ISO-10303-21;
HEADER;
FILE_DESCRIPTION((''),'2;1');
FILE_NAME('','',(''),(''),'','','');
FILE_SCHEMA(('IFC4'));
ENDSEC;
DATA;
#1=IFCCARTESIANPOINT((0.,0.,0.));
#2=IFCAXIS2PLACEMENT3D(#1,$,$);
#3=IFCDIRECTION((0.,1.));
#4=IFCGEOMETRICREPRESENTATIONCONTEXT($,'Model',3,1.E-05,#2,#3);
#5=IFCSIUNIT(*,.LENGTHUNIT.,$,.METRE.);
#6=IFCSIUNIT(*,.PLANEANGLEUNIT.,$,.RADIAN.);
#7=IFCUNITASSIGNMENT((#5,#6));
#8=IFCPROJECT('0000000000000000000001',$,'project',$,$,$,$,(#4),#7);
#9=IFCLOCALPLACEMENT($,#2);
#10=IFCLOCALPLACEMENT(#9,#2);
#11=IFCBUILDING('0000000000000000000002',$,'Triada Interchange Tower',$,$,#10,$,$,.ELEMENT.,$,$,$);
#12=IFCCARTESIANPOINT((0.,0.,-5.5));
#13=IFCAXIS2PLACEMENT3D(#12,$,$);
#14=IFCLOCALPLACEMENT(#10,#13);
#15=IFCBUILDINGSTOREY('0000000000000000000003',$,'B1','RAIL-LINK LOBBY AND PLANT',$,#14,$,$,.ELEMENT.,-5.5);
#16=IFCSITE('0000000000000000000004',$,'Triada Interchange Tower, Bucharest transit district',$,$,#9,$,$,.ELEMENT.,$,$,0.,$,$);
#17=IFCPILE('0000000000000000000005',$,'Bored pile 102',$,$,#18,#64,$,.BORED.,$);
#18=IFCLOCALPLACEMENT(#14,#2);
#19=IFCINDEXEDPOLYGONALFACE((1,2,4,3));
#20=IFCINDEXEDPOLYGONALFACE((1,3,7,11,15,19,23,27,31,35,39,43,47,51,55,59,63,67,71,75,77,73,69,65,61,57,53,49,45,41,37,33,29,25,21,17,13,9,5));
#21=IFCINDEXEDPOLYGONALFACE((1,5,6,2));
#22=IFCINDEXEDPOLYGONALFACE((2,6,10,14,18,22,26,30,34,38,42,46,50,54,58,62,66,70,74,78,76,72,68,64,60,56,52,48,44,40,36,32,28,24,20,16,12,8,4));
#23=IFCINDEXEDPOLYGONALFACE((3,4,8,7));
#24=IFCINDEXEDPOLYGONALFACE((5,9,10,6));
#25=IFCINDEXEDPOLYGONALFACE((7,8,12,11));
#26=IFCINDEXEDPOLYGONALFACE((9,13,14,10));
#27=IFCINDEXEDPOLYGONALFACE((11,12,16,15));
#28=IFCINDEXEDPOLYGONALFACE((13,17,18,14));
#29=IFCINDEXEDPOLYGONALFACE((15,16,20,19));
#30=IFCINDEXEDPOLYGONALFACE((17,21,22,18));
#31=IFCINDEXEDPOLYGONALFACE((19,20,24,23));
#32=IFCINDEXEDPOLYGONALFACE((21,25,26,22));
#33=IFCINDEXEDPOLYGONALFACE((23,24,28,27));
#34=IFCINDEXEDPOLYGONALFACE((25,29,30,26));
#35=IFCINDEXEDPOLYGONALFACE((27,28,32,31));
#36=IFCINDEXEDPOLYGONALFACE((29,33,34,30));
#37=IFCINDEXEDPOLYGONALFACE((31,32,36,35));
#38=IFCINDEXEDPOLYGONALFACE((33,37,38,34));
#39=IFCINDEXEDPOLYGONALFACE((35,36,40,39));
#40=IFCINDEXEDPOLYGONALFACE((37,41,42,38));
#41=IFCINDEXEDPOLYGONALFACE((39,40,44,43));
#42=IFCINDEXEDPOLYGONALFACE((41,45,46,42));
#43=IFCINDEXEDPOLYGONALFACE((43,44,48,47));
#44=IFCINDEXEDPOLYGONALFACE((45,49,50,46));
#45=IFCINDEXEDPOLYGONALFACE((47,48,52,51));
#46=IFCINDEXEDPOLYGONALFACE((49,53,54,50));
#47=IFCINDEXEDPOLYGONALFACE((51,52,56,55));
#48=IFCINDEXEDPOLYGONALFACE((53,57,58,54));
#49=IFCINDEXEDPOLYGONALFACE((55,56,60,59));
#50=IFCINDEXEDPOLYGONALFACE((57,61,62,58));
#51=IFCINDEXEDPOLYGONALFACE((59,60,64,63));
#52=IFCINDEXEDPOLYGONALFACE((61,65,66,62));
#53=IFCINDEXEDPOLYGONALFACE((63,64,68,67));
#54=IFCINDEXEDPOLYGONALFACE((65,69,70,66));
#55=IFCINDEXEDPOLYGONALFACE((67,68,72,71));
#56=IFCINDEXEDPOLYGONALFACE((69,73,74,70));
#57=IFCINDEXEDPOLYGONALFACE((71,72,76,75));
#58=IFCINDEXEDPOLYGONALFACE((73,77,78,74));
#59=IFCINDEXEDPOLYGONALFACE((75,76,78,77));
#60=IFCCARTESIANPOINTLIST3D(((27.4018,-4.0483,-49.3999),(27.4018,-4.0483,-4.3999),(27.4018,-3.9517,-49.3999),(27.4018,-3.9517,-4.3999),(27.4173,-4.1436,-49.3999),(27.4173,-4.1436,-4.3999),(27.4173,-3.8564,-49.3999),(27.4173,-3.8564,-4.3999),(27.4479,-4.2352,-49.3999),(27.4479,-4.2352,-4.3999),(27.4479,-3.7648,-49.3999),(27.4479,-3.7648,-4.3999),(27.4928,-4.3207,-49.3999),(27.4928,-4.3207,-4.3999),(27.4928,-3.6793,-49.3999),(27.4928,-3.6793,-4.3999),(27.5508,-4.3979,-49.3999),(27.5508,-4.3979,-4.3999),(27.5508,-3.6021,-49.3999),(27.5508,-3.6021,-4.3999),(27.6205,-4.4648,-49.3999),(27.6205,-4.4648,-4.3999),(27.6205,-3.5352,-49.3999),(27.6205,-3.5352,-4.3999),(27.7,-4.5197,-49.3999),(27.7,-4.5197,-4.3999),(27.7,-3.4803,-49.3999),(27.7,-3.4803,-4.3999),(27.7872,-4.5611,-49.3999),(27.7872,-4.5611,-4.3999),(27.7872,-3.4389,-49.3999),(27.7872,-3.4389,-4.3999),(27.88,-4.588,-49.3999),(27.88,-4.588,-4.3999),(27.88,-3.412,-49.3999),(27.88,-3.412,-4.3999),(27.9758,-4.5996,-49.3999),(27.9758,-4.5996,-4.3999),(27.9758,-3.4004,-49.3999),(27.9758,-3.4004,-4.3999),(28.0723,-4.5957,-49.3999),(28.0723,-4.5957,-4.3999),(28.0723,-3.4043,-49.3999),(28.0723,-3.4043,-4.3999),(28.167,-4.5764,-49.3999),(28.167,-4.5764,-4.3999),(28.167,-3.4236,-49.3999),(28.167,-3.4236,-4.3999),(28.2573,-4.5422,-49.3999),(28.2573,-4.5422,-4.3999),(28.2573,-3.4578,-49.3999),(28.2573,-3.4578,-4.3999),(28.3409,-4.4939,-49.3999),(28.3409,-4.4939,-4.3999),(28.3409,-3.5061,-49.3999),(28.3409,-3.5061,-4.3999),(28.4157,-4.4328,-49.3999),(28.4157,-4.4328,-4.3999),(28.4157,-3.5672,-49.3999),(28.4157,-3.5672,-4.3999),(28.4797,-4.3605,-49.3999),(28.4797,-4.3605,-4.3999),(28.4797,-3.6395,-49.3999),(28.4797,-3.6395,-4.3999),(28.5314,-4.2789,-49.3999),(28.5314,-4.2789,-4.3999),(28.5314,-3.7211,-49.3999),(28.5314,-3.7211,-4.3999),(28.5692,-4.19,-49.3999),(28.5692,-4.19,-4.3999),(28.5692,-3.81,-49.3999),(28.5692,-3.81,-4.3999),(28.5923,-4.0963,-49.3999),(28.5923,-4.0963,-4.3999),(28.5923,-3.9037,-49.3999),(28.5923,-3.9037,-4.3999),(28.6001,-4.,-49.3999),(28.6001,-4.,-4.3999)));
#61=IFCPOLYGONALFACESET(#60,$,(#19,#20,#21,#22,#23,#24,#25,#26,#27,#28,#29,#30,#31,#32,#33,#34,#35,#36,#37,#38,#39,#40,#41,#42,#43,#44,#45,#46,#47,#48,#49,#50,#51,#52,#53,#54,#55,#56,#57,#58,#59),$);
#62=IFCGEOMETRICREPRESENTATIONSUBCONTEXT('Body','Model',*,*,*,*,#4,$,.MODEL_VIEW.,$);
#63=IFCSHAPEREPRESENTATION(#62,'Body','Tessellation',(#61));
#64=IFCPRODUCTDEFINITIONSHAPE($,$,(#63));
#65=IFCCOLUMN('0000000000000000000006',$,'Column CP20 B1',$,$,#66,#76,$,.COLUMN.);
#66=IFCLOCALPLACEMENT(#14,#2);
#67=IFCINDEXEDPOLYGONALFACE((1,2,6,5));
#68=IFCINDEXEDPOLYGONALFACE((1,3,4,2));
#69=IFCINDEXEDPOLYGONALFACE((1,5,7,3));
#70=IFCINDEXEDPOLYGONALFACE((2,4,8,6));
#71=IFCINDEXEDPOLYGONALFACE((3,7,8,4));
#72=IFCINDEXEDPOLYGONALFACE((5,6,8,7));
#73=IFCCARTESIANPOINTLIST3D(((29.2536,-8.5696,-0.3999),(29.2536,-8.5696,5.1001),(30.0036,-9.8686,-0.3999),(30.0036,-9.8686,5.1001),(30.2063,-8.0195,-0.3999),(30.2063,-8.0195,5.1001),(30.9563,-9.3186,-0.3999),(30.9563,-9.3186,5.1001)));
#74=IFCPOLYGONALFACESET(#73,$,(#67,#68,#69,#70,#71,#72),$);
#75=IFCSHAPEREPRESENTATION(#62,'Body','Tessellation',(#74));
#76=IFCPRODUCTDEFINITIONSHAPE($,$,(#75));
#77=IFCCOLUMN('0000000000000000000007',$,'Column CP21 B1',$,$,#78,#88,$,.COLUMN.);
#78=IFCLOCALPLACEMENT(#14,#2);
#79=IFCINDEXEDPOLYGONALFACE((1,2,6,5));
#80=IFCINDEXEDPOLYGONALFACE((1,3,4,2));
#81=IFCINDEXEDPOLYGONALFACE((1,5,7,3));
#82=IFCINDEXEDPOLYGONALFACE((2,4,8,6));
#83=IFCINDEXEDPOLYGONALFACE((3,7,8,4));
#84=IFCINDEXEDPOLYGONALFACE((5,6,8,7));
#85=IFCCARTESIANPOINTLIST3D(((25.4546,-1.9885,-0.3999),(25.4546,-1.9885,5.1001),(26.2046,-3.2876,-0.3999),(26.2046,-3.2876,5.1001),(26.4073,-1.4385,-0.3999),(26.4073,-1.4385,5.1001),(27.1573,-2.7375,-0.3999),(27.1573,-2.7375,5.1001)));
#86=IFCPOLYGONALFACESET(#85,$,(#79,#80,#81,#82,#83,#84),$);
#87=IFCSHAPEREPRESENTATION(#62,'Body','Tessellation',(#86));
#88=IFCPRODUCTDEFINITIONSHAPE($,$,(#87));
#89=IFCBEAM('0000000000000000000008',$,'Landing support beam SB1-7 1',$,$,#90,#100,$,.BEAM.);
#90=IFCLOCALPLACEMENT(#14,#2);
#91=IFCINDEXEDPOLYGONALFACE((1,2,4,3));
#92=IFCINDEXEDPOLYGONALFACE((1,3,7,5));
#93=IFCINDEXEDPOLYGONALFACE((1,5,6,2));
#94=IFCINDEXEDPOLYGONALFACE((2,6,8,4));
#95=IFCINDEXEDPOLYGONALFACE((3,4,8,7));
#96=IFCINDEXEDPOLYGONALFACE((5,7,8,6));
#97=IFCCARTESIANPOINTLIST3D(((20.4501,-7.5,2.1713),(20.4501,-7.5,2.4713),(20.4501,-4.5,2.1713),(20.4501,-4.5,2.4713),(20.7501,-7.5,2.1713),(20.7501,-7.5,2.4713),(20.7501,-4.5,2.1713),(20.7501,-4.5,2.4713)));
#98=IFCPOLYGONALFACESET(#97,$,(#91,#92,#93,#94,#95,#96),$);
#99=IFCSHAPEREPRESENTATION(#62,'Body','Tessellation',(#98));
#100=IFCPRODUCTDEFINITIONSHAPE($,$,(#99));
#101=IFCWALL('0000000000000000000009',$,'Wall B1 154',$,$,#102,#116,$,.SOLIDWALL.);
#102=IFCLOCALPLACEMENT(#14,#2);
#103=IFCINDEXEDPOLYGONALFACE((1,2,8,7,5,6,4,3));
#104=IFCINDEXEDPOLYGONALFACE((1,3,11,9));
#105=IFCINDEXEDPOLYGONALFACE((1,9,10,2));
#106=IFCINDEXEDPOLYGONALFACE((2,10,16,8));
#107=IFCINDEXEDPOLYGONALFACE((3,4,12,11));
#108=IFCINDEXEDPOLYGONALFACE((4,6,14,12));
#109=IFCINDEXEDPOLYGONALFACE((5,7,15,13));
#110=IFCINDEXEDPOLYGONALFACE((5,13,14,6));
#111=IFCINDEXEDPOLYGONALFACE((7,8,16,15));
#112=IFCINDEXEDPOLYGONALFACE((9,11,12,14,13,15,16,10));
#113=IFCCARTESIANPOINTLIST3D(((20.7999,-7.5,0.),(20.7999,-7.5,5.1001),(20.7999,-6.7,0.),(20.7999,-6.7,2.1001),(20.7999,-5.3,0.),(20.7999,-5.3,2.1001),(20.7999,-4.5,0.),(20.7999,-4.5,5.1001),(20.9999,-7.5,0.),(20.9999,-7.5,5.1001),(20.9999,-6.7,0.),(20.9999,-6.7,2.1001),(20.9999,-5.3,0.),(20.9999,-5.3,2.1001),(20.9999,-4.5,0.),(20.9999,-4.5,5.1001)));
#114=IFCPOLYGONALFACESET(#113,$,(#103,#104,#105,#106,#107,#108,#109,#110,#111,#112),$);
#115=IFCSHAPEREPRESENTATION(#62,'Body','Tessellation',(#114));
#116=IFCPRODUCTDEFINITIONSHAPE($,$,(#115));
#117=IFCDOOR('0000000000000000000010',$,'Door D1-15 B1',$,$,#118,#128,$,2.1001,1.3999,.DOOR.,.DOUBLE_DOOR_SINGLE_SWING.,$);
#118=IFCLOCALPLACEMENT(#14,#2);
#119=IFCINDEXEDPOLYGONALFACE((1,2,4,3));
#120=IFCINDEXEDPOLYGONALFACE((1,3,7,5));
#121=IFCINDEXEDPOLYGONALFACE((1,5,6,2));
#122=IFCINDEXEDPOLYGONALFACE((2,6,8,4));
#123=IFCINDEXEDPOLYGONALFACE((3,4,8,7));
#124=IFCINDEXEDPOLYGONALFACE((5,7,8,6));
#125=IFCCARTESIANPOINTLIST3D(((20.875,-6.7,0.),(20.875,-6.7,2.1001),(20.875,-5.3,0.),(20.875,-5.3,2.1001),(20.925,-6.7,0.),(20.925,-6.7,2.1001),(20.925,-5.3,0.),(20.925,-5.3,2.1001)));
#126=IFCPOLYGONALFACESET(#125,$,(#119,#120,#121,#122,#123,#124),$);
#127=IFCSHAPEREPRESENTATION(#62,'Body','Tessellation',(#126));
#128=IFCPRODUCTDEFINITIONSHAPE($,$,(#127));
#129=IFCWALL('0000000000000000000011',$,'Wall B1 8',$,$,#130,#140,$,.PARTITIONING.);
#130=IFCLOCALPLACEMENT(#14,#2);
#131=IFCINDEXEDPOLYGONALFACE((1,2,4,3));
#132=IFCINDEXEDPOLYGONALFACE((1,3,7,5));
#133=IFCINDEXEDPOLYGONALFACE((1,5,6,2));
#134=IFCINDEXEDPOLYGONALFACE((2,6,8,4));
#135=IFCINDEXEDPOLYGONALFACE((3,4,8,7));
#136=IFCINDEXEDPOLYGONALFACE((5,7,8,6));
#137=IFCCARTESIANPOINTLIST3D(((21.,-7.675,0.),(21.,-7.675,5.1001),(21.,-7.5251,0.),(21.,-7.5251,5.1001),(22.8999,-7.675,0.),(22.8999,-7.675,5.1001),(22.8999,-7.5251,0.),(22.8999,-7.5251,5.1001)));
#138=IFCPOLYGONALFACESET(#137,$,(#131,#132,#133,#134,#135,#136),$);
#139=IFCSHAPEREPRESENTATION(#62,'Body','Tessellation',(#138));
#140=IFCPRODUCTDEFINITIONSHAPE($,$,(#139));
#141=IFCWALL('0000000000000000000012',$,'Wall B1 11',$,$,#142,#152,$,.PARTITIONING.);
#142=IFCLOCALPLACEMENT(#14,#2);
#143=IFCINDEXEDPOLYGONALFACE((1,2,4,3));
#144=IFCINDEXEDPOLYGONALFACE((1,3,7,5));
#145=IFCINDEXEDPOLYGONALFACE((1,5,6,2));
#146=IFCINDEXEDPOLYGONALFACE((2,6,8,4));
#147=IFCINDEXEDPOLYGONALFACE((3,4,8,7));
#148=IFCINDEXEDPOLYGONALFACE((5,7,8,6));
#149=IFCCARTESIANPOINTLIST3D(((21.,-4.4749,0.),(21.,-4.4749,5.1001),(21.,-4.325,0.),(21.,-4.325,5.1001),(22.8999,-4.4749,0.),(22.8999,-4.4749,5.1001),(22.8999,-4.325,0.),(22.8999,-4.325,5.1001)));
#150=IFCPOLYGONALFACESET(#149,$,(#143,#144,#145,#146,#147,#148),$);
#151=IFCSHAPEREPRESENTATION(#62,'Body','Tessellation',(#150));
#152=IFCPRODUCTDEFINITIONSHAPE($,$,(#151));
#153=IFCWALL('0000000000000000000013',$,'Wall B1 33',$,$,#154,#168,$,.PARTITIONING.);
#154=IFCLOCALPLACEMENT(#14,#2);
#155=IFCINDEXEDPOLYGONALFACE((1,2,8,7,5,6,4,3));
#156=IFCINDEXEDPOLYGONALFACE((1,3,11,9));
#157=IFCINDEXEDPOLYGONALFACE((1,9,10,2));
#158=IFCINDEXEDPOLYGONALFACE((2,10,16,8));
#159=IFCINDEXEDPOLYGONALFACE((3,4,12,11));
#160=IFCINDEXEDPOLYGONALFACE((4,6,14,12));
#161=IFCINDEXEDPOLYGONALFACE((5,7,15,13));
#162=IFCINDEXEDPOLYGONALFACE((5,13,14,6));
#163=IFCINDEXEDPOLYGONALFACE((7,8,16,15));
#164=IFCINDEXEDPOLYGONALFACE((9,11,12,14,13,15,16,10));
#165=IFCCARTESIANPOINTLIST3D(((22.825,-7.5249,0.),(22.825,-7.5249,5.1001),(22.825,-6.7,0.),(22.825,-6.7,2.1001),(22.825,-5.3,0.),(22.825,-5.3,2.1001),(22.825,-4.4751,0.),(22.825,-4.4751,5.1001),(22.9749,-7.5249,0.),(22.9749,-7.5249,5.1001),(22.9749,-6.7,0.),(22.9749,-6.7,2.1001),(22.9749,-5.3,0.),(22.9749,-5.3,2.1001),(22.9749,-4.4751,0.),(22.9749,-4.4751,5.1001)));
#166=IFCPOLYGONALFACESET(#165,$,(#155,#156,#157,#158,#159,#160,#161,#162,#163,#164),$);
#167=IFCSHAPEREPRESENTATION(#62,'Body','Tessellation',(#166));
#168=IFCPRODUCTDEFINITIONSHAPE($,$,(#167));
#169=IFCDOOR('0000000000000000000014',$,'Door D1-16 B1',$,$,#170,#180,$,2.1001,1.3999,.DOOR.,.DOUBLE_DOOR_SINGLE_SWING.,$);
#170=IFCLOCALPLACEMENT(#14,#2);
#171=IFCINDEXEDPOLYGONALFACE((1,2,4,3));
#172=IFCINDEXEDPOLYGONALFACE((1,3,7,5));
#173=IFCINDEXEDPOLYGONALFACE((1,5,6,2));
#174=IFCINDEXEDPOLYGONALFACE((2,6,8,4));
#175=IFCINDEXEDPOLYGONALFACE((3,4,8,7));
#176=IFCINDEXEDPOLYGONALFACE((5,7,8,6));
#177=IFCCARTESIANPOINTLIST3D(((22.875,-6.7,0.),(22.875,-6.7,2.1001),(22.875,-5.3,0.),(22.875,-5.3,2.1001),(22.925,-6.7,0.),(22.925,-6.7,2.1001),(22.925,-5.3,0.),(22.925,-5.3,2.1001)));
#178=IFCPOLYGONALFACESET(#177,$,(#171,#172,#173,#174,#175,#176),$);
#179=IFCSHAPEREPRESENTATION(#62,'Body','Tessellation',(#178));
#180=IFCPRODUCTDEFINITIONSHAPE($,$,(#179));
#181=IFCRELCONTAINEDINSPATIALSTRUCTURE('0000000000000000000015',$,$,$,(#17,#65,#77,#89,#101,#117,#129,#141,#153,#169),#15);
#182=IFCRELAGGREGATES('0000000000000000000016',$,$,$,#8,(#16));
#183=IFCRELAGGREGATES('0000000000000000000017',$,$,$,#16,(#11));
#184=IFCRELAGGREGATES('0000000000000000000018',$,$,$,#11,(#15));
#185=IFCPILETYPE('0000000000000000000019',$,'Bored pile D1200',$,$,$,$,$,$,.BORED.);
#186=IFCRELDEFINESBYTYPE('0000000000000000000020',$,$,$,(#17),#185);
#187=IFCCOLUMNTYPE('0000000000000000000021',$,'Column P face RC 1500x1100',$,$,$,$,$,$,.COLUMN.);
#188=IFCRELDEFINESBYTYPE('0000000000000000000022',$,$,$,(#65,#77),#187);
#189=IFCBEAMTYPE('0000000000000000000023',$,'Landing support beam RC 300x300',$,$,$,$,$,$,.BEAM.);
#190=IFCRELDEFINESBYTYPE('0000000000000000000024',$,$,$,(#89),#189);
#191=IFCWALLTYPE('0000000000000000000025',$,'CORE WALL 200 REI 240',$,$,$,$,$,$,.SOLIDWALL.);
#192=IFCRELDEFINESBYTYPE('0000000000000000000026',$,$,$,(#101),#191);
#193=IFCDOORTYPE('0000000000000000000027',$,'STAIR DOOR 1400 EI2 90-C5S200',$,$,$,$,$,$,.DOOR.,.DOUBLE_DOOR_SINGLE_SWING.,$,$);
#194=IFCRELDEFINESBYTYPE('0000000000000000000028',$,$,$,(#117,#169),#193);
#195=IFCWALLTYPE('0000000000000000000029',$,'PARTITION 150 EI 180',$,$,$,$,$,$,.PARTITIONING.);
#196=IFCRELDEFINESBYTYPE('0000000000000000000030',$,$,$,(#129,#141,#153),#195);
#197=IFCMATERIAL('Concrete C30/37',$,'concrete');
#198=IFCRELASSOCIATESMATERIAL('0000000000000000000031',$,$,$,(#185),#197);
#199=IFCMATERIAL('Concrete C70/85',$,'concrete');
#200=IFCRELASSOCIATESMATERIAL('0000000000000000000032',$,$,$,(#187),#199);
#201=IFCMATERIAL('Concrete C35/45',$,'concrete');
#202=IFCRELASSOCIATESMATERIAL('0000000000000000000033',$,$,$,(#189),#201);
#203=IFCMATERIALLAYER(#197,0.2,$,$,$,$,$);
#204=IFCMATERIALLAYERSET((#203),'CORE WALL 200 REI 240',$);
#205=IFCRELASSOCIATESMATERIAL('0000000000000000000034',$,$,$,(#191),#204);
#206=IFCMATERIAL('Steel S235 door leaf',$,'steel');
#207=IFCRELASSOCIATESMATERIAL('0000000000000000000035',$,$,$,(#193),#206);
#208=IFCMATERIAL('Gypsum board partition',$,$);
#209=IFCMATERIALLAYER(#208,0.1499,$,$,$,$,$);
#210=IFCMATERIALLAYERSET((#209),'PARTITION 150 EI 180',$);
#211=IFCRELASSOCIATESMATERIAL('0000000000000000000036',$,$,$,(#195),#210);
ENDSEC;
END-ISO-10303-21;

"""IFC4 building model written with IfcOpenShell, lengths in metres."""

from ifc_helpers import new_model, si_unit, direction, frame, frame_2d, origin, origin_2d, place, context, subcontext, project, spatial, rectangle, circle, extrude, material, layer, layer_set, material_profile, profile_set, type_object, element, fill, save


model = new_model("IFC4")

# Units and contexts
model_context = context("Model", 3, precision=1e-05, world=origin(), true_north=direction((0.0, 1.0)))
body_context = subcontext(model_context, "Body", "Model", "MODEL_VIEW")
ifc_project = project(units=[si_unit("LENGTHUNIT", "METRE"), si_unit("PLANEANGLEUNIT", "RADIAN")], contexts=[model_context])

# Site, building, storey
site_placement = place(None, origin())
site = spatial("IfcSite", under=ifc_project, at=site_placement, Name="Triada Interchange Tower, Bucharest transit district", CompositionType="ELEMENT", RefElevation=0.0)
building_placement = place(site_placement, origin())
building = spatial("IfcBuilding", under=site, at=building_placement, Name="Triada Interchange Tower", CompositionType="ELEMENT")
storey_placement = place(building_placement, frame((0.0, 0.0, -5.5)))
storey = spatial("IfcBuildingStorey", under=building, at=storey_placement, Name="B1", Description="RAIL-LINK LOBBY AND PLANT", CompositionType="ELEMENT", Elevation=-5.5)

# Pile
ifc_material_1 = material(Name="Concrete C30/37", Category="concrete")
ifc_material_profile_1 = material_profile(ifc_material_1, circle(Radius=0.6001, at=origin_2d()), Name="RC D1200")
ifc_profile_set_1 = profile_set([ifc_material_profile_1], Name="Concrete C30/37")
pile_type = type_object("IfcPileType", Name="Bored pile D1200", PredefinedType="BORED", material=ifc_profile_set_1)
for number, where, z_axis, x_axis, name in (
    (1, (28.0, -4.0, -4.3999), (0.0, 0.0, -1.0), (1.0, 0.0, 0.0), "Bored pile 102"),
):
    element("IfcPile", number, at=place(storey_placement, frame(where, z_axis=z_axis, x_axis=x_axis)), inside=storey, type_object=pile_type, Name=name, PredefinedType="BORED", context=body_context, shape_type="SweptSolid", body=[
        extrude(circle(Radius=0.6001, at=origin_2d()), origin(), (0.0, 0.0, 1.0), 45.0),
    ])

# Columns
ifc_material_2 = material(Name="Concrete C70/85", Category="concrete")
ifc_material_profile_2 = material_profile(ifc_material_2, rectangle(XDim=1.5, YDim=1.1001, at=origin_2d()), Name="RC 1500x1100")
ifc_profile_set_2 = profile_set([ifc_material_profile_2], Name="Concrete C70/85")
column_type = type_object("IfcColumnType", Name="Column P face RC 1500x1100", PredefinedType="COLUMN", material=ifc_profile_set_2)
for number, where, z_axis, x_axis, name in (
    (2, (30.105, -8.9441, -0.3999), (0.0, 0.0, 1.0), (-0.5, 0.866025, 0.0), "Column CP20 B1"),
    (3, (26.3059, -2.363, -0.3999), (0.0, 0.0, 1.0), (-0.5, 0.866025, 0.0), "Column CP21 B1"),
):
    element("IfcColumn", number, at=place(storey_placement, frame(where, z_axis=z_axis, x_axis=x_axis)), inside=storey, type_object=column_type, Name=name, PredefinedType="COLUMN", context=body_context, shape_type="SweptSolid", body=[
        extrude(rectangle(XDim=1.5, YDim=1.1001, at=origin_2d()), origin(), (0.0, 0.0, 1.0), 5.5),
    ])

# Beam
ifc_material_3 = material(Name="Concrete C35/45", Category="concrete")
ifc_material_profile_3 = material_profile(ifc_material_3, rectangle(XDim=0.3, YDim=0.3, at=origin_2d()), Name="RC 300x300")
ifc_profile_set_3 = profile_set([ifc_material_profile_3], Name="Concrete C35/45")
beam_type = type_object("IfcBeamType", Name="Landing support beam RC 300x300", PredefinedType="BEAM", material=ifc_profile_set_3)
beam_placement = place(storey_placement, frame((20.6001, -7.5, 2.3213), z_axis=(0.0, 1.0, 0.0), x_axis=(-1.0, 0.0, 0.0)))
element("IfcBeam", 4, at=beam_placement, inside=storey, type_object=beam_type, Name="Landing support beam SB1-7 1", PredefinedType="BEAM", context=body_context, shape_type="SweptSolid", body=[
    extrude(rectangle(XDim=0.3, YDim=0.3, at=origin_2d()), origin(), (0.0, 0.0, 1.0), 3.0),
])

# Wall, opening, door
ifc_layer_1 = layer(ifc_material_1, 0.2)
ifc_layer_set_1 = layer_set([ifc_layer_1], Name="CORE WALL 200 REI 240")
wall_type_1 = type_object("IfcWallType", Name="CORE WALL 200 REI 240", PredefinedType="SOLIDWALL", material=ifc_layer_set_1)
wall_1_placement = place(storey_placement, frame((20.8999, -7.5, 0.0), z_axis=(0.0, 0.0, 1.0), x_axis=(0.0, 1.0, 0.0)))
wall_1 = element("IfcWall", 5, at=wall_1_placement, inside=storey, type_object=wall_type_1, Name="Wall B1 154", PredefinedType="SOLIDWALL", context=body_context, shape_type="SweptSolid", body=[
    extrude(rectangle(XDim=3.0, YDim=0.2, at=frame_2d((1.5, 0.0))), origin(), (0.0, 0.0, 1.0), 5.1001),
])
opening_1_placement = place(wall_1_placement, frame((0.8, 0.0, 0.0)))
opening_1 = element("IfcOpeningElement", 6, at=opening_1_placement, cuts=wall_1, PredefinedType="OPENING", context=body_context, shape_type="SweptSolid", body=[
    extrude(rectangle(XDim=1.3999, YDim=2.1001, at=frame_2d((0.7, 1.05))), frame((0.0, 0.1099, 0.0), z_axis=(0.0, -1.0, 0.0), x_axis=(1.0, 0.0, 0.0)), (0.0, 0.0, 1.0), 0.22),
])
ifc_material_4 = material(Name="Steel S235 door leaf", Category="steel")
door_type = type_object("IfcDoorType", Name="STAIR DOOR 1400 EI2 90-C5S200", OperationType="DOUBLE_DOOR_SINGLE_SWING", PredefinedType="DOOR", material=ifc_material_4)
door_1_placement = place(opening_1_placement, origin())
door_1 = element("IfcDoor", 7, at=door_1_placement, inside=storey, type_object=door_type, Name="Door D1-15 B1", OperationType="DOUBLE_DOOR_SINGLE_SWING", OverallHeight=2.1001, OverallWidth=1.3999, PredefinedType="DOOR", context=body_context, shape_type="SweptSolid", body=[
    extrude(rectangle(XDim=1.3999, YDim=2.1001, at=frame_2d((0.7, 1.05))), frame((0.0, 0.0249, 0.0), z_axis=(0.0, -1.0, 0.0), x_axis=(1.0, 0.0, 0.0)), (0.0, 0.0, 1.0), 0.05),
])
fill(opening_1, door_1)

# Walls
ifc_material_5 = material(Name="Gypsum board partition")
ifc_layer_2 = layer(ifc_material_5, 0.1499)
ifc_layer_set_2 = layer_set([ifc_layer_2], Name="PARTITION 150 EI 180")
wall_type_2 = type_object("IfcWallType", Name="PARTITION 150 EI 180", PredefinedType="PARTITIONING", material=ifc_layer_set_2)
for number, where, z_axis, x_axis, name in (
    (8, (21.0, -7.6001, 0.0), (0.0, 0.0, 1.0), (1.0, 0.0, 0.0), "Wall B1 8"),
    (9, (21.0, -4.3999, 0.0), (0.0, 0.0, 1.0), (1.0, 0.0, 0.0), "Wall B1 11"),
):
    element("IfcWall", number, at=place(storey_placement, frame(where, z_axis=z_axis, x_axis=x_axis)), inside=storey, type_object=wall_type_2, Name=name, PredefinedType="PARTITIONING", context=body_context, shape_type="SweptSolid", body=[
        extrude(rectangle(XDim=1.8999, YDim=0.1499, at=frame_2d((0.95, 0.0))), origin(), (0.0, 0.0, 1.0), 5.1001),
    ])

# Wall, opening, door
wall_2_placement = place(storey_placement, frame((22.8999, -7.5249, 0.0), z_axis=(0.0, 0.0, 1.0), x_axis=(0.0, 1.0, 0.0)))
wall_2 = element("IfcWall", 10, at=wall_2_placement, inside=storey, type_object=wall_type_2, Name="Wall B1 33", PredefinedType="PARTITIONING", context=body_context, shape_type="SweptSolid", body=[
    extrude(rectangle(XDim=3.0498, YDim=0.1499, at=frame_2d((1.5249, 0.0))), origin(), (0.0, 0.0, 1.0), 5.1001),
])
opening_2_placement = place(wall_2_placement, frame((0.825, 0.0, 0.0)))
opening_2 = element("IfcOpeningElement", 11, at=opening_2_placement, cuts=wall_2, PredefinedType="OPENING", context=body_context, shape_type="SweptSolid", body=[
    extrude(rectangle(XDim=1.3999, YDim=2.1001, at=frame_2d((0.7, 1.05))), frame((0.0, 0.085, 0.0), z_axis=(0.0, -1.0, 0.0), x_axis=(1.0, 0.0, 0.0)), (0.0, 0.0, 1.0), 0.1699),
])
door_2_placement = place(opening_2_placement, origin())
door_2 = element("IfcDoor", 12, at=door_2_placement, inside=storey, type_object=door_type, Name="Door D1-16 B1", OperationType="DOUBLE_DOOR_SINGLE_SWING", OverallHeight=2.1001, OverallWidth=1.3999, PredefinedType="DOOR", context=body_context, shape_type="SweptSolid", body=[
    extrude(rectangle(XDim=1.3999, YDim=2.1001, at=frame_2d((0.7, 1.05))), frame((0.0, 0.0249, 0.0), z_axis=(0.0, -1.0, 0.0), x_axis=(1.0, 0.0, 0.0)), (0.0, 0.0, 1.0), 0.05),
])
fill(opening_2, door_2)

save(model, "model.ifc")
